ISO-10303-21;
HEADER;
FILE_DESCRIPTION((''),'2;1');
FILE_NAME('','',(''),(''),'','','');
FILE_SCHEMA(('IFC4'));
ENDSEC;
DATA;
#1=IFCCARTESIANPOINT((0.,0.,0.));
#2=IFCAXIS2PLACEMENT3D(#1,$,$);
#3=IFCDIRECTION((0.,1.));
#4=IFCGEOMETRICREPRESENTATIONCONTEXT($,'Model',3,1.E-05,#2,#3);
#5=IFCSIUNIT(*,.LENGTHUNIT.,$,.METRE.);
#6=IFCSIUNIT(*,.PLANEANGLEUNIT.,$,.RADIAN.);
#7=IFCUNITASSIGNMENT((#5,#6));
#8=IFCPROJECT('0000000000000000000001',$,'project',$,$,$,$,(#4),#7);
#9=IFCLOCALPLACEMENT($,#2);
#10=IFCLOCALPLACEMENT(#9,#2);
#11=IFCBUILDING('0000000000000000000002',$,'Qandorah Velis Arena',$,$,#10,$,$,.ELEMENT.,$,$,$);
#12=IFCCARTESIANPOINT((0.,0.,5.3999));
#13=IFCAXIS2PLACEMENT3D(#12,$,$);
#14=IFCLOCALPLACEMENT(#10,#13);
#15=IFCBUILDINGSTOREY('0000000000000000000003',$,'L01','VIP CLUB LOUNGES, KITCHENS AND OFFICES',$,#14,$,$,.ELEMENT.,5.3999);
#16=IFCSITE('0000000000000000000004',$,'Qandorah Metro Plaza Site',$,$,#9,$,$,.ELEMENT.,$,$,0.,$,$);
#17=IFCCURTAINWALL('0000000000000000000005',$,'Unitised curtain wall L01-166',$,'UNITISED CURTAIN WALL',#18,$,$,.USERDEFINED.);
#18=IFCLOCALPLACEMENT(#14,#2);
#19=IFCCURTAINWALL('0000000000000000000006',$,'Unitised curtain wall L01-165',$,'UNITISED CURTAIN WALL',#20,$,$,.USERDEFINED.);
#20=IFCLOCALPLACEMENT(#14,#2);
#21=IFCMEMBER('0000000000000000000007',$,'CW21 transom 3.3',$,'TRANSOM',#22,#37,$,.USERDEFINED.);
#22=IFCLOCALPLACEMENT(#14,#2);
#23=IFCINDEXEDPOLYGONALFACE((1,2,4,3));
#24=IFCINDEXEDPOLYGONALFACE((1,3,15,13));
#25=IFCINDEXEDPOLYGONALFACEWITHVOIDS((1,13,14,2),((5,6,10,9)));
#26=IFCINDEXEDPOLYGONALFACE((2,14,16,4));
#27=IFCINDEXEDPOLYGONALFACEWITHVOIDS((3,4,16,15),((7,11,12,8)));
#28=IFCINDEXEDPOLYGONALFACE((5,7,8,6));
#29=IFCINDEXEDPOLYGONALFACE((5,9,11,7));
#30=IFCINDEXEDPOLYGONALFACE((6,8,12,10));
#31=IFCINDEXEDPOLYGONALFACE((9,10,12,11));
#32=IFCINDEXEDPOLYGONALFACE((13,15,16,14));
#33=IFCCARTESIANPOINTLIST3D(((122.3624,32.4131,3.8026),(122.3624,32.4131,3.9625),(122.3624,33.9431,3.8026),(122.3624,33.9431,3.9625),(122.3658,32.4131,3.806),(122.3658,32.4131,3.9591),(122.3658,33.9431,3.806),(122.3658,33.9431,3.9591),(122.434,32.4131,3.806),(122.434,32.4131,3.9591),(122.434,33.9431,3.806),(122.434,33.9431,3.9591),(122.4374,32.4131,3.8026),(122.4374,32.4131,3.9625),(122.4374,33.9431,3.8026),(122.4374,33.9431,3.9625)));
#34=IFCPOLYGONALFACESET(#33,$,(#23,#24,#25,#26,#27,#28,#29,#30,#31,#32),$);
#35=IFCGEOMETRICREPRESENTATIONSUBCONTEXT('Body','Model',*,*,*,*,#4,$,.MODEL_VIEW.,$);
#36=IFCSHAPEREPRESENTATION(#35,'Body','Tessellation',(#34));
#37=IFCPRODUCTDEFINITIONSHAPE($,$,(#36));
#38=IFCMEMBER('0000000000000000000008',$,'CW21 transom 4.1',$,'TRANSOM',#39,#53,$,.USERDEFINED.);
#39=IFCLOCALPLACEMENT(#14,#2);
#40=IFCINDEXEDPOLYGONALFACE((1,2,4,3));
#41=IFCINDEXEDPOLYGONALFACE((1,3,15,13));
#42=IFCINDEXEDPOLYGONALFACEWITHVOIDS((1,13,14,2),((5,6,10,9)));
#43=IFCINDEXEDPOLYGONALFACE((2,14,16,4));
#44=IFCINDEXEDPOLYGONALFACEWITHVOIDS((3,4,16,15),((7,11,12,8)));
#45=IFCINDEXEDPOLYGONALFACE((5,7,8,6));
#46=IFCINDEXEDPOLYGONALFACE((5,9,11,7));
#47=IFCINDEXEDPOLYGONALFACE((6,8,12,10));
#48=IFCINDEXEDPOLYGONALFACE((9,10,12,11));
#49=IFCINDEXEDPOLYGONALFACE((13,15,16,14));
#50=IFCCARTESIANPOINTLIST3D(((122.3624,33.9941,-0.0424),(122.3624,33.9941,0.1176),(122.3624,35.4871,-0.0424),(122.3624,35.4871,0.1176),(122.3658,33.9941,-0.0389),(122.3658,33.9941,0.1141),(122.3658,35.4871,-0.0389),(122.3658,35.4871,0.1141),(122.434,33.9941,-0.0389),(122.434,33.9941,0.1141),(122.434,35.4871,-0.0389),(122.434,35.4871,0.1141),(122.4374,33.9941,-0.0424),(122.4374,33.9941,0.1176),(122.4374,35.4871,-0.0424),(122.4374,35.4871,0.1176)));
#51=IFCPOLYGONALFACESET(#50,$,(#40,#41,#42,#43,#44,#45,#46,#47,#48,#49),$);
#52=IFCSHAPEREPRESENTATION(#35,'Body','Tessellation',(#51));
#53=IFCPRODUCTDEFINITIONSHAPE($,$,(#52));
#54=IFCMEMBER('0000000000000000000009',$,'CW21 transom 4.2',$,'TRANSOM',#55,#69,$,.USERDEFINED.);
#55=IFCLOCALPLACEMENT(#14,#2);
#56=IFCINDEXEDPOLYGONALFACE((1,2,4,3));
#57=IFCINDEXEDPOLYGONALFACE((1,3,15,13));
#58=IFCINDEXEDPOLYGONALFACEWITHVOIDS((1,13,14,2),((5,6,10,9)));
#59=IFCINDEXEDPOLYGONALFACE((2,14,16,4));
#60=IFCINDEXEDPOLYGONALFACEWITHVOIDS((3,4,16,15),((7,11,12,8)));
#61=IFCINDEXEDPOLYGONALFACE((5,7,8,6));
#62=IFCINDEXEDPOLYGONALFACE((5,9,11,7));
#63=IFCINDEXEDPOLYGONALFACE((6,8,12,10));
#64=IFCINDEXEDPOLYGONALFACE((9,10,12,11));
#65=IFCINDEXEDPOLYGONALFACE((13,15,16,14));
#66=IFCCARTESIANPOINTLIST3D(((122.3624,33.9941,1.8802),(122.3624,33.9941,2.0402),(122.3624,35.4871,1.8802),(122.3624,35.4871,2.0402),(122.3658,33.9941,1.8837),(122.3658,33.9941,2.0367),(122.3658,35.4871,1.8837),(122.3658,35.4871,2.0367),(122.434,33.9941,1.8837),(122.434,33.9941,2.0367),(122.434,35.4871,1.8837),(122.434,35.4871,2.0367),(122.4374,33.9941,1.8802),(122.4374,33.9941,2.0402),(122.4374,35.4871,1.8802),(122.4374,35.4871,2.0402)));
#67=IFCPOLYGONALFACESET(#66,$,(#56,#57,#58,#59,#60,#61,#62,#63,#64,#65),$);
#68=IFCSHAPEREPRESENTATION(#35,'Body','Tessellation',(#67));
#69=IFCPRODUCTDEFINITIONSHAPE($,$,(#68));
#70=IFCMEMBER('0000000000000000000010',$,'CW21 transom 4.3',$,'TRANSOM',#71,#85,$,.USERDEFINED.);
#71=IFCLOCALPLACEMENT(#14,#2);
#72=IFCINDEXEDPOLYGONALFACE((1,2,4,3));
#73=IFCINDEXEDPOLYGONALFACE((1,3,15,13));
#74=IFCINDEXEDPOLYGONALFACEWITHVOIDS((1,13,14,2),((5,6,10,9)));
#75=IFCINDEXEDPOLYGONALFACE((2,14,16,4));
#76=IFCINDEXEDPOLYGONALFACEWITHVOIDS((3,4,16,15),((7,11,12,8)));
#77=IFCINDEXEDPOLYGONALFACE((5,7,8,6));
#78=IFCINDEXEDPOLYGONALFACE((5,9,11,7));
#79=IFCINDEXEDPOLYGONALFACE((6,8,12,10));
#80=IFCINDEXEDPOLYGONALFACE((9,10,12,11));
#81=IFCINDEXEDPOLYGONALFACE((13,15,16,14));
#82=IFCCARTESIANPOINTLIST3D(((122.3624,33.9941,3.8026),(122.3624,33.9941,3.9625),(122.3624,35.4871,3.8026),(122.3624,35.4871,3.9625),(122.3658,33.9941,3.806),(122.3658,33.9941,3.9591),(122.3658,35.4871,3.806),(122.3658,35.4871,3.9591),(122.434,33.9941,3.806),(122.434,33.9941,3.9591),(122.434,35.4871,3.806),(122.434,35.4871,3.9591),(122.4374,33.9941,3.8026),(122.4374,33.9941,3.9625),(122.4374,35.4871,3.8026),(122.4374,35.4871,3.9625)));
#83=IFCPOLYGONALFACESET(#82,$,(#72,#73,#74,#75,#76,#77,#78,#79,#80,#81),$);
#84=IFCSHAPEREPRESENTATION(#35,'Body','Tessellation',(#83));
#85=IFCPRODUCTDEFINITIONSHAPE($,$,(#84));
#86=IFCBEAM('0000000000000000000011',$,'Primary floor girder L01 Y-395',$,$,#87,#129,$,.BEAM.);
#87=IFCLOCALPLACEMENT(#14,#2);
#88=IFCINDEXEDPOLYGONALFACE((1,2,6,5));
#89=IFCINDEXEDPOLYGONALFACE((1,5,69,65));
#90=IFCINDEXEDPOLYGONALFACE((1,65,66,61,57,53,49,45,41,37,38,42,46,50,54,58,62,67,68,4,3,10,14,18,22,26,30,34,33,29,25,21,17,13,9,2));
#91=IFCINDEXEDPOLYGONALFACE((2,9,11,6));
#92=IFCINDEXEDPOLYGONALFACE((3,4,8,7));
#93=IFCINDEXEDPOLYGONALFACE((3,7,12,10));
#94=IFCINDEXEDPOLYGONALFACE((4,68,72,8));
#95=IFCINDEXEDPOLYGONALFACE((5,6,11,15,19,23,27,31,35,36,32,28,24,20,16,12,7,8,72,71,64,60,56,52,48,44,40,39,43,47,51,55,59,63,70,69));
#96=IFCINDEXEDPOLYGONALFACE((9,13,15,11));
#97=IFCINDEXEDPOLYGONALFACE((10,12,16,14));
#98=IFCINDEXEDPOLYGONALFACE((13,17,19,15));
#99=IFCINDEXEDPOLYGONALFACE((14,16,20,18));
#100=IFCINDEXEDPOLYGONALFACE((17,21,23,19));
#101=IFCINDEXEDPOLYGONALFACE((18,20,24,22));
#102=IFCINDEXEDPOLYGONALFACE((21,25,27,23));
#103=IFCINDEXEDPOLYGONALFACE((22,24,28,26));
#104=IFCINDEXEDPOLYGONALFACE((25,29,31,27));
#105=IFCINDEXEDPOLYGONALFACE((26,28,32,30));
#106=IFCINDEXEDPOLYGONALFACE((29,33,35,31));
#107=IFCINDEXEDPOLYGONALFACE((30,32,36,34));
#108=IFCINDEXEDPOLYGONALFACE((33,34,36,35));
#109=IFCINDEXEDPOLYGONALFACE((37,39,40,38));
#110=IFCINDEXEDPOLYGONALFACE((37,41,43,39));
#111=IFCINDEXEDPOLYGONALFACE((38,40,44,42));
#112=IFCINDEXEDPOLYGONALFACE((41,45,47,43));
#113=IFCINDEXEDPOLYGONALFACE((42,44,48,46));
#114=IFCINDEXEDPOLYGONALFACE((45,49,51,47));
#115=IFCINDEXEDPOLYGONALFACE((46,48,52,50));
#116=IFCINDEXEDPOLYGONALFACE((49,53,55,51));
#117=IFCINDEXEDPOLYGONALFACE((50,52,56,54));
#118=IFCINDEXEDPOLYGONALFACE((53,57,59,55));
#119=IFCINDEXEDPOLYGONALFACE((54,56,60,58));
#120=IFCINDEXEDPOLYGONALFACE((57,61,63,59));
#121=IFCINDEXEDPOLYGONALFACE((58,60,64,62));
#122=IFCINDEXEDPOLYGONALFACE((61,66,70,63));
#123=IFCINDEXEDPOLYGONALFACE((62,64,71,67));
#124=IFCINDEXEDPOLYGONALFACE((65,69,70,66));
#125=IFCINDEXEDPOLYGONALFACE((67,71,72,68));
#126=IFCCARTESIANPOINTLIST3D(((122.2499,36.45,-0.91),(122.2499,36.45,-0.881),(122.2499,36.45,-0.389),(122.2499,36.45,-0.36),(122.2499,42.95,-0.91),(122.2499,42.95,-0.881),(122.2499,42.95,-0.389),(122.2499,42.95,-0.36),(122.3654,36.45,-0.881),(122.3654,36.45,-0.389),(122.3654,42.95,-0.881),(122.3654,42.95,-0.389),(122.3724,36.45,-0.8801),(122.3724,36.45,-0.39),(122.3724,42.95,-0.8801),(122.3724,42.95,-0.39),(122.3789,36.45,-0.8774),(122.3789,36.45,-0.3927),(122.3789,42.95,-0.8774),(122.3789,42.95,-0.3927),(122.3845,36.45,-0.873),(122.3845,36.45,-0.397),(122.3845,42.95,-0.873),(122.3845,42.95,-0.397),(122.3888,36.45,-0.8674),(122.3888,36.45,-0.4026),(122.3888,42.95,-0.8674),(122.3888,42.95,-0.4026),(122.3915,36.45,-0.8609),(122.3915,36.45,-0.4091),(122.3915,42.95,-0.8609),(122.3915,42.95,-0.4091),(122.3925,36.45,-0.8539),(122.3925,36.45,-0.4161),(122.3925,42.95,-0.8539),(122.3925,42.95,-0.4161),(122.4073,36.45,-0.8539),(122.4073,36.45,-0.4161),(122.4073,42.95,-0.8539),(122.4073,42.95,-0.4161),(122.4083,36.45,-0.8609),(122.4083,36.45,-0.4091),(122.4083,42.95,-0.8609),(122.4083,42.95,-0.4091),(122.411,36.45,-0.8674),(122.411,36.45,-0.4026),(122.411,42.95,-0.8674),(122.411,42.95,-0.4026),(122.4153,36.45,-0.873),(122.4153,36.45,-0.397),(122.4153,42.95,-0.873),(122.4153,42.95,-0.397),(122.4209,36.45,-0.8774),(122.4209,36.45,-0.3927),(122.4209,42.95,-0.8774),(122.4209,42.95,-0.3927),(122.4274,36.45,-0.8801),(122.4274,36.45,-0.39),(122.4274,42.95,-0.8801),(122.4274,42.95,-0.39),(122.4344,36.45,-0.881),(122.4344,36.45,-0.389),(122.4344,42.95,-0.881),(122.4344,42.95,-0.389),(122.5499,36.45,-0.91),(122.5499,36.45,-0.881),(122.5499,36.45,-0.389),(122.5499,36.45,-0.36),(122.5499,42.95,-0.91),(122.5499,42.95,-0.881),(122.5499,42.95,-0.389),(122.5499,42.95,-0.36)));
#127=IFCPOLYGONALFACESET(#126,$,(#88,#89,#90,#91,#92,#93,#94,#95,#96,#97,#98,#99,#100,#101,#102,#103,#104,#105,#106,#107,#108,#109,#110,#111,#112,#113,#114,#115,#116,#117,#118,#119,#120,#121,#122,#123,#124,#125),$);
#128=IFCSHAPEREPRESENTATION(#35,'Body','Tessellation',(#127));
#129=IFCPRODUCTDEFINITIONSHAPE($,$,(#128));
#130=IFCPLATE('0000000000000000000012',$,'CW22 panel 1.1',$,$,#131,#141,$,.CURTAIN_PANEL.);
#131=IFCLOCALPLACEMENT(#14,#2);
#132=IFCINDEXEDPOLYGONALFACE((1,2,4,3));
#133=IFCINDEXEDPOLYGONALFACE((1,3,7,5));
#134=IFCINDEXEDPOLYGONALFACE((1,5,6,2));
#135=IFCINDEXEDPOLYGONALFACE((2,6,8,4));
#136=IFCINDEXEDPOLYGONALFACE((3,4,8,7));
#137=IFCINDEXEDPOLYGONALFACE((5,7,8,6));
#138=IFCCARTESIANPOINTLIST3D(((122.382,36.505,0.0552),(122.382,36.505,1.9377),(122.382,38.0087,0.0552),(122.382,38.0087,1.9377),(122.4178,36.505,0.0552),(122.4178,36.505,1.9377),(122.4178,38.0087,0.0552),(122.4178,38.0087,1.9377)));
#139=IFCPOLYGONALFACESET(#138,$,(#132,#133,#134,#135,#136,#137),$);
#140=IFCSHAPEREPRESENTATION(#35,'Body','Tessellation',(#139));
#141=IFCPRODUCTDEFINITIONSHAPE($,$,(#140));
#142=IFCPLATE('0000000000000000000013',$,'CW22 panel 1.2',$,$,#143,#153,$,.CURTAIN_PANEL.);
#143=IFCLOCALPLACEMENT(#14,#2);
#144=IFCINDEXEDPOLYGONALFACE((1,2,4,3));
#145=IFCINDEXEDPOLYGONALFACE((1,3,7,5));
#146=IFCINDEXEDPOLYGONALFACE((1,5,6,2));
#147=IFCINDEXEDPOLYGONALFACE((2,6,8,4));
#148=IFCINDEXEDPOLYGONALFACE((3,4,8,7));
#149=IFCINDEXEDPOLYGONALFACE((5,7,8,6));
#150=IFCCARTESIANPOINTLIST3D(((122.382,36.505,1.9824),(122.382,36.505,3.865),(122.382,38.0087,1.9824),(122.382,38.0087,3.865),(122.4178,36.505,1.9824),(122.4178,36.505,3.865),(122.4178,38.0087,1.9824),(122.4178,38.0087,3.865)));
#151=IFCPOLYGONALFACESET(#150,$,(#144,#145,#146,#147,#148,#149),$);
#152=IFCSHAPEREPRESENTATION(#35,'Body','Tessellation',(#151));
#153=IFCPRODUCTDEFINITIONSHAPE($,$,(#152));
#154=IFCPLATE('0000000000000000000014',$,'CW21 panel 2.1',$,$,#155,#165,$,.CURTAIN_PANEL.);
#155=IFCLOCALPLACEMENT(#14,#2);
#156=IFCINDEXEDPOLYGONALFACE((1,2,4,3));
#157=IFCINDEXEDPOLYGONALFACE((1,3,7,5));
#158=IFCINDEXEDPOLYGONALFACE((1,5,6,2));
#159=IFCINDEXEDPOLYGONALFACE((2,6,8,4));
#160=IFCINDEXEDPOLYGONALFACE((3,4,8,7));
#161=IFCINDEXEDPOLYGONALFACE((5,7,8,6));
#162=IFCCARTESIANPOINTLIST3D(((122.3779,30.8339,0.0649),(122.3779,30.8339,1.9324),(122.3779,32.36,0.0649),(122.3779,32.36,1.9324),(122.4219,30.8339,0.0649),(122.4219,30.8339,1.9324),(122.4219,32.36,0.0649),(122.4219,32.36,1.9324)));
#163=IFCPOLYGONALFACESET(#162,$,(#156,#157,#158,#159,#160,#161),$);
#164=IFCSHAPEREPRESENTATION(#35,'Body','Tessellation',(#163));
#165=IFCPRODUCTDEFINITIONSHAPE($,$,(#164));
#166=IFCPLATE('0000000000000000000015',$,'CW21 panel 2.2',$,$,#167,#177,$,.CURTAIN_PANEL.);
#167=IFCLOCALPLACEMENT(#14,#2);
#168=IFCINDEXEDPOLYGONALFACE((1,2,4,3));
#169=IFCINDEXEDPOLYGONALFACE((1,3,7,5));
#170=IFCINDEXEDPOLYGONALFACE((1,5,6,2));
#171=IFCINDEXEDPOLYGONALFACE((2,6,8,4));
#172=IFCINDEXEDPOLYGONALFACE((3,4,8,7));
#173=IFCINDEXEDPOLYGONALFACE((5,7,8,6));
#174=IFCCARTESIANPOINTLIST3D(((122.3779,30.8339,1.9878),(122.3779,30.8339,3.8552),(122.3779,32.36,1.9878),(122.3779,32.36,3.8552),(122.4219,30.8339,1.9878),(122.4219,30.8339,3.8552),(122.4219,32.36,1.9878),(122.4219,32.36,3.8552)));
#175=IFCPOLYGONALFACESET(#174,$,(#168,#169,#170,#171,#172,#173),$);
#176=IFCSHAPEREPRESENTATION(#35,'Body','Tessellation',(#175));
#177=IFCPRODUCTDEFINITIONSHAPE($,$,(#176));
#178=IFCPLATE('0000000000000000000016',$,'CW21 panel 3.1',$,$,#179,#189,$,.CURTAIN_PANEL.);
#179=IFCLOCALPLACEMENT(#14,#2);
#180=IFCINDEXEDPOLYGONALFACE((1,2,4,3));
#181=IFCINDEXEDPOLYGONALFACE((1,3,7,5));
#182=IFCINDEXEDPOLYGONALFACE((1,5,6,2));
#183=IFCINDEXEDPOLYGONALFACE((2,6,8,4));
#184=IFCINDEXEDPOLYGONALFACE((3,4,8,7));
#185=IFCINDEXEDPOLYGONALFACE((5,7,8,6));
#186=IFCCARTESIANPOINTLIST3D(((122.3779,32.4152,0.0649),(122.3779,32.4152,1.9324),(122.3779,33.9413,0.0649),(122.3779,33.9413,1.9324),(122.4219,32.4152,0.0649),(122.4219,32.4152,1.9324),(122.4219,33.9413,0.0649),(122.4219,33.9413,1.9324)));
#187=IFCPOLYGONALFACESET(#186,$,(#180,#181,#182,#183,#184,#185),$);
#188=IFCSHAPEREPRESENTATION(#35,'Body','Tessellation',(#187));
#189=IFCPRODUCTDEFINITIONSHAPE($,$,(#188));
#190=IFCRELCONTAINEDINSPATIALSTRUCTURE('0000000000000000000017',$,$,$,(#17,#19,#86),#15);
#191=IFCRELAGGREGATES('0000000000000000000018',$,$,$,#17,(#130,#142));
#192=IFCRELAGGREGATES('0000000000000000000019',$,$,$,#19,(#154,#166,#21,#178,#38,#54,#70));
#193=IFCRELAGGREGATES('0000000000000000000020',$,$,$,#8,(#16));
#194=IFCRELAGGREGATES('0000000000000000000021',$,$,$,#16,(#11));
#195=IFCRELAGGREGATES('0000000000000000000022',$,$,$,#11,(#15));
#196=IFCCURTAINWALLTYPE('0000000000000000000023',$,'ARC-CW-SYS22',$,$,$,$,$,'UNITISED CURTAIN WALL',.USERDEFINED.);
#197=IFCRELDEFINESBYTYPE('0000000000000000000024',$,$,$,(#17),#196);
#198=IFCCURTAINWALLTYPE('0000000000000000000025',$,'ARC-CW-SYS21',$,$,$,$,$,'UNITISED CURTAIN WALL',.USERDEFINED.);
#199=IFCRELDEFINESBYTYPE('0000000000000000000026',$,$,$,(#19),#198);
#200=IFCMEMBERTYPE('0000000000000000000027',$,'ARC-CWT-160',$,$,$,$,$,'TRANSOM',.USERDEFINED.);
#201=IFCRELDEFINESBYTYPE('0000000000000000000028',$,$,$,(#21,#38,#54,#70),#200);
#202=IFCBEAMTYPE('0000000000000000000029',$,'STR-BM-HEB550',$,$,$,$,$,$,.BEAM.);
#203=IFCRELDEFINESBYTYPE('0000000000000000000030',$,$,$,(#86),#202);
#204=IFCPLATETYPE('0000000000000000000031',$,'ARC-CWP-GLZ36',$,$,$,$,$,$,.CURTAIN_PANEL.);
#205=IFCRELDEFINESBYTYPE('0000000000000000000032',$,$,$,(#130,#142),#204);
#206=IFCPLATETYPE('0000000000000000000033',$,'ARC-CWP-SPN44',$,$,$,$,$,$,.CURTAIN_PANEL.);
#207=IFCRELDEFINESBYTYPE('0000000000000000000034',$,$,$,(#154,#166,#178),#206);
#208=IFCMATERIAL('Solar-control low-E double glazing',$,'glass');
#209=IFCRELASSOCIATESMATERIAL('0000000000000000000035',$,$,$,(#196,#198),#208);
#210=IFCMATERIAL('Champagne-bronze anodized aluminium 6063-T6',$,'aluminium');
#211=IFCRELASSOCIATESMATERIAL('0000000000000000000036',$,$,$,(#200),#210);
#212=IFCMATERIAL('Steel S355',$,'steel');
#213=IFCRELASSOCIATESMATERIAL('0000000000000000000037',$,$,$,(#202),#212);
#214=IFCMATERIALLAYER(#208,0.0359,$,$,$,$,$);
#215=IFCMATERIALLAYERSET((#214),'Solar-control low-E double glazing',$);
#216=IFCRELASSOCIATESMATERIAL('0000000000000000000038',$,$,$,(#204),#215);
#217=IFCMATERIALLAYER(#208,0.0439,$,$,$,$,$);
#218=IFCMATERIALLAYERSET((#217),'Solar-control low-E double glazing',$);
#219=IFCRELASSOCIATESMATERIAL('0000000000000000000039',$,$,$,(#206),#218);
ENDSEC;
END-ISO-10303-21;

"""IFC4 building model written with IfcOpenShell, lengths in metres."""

from ifc_helpers import new_model, si_unit, direction, frame, origin, origin_2d, place, context, subcontext, project, spatial, rectangle, hollow_rectangle, i_section, extrude, material, layer, layer_set, material_profile, profile_set, type_object, element, aggregate, save


model = new_model("IFC4")

# Units and contexts
model_context = context("Model", 3, precision=1e-05, world=origin(), true_north=direction((0.0, 1.0)))
body_context = subcontext(model_context, "Body", "Model", "MODEL_VIEW")
ifc_project = project(units=[si_unit("LENGTHUNIT", "METRE"), si_unit("PLANEANGLEUNIT", "RADIAN")], contexts=[model_context])

# Site, building, storey
site_placement = place(None, origin())
site = spatial("IfcSite", under=ifc_project, at=site_placement, Name="Qandorah Metro Plaza Site", CompositionType="ELEMENT", RefElevation=0.0)
building_placement = place(site_placement, origin())
building = spatial("IfcBuilding", under=site, at=building_placement, Name="Qandorah Velis Arena", CompositionType="ELEMENT")
storey_placement = place(building_placement, frame((0.0, 0.0, 5.3999)))
storey = spatial("IfcBuildingStorey", under=building, at=storey_placement, Name="L01", Description="VIP CLUB LOUNGES, KITCHENS AND OFFICES", CompositionType="ELEMENT", Elevation=5.3999)

# Curtain wall
ifc_material_1 = material(Name="Solar-control low-E double glazing", Category="glass")
curtain_wall_type_1 = type_object("IfcCurtainWallType", Name="ARC-CW-SYS22", ElementType="UNITISED CURTAIN WALL", PredefinedType="USERDEFINED", material=ifc_material_1)
curtain_wall_1_placement = place(storey_placement, origin())
curtain_wall_1 = element("IfcCurtainWall", 1, at=curtain_wall_1_placement, inside=storey, type_object=curtain_wall_type_1, Name="Unitised curtain wall L01-166", ObjectType="UNITISED CURTAIN WALL", PredefinedType="USERDEFINED")
ifc_material_2 = material(Name="Champagne-bronze anodized aluminium 6063-T6", Category="aluminium")

# Curtain wall
curtain_wall_type_2 = type_object("IfcCurtainWallType", Name="ARC-CW-SYS21", ElementType="UNITISED CURTAIN WALL", PredefinedType="USERDEFINED", material=ifc_material_1)
curtain_wall_2_placement = place(storey_placement, origin())
curtain_wall_2 = element("IfcCurtainWall", 2, at=curtain_wall_2_placement, inside=storey, type_object=curtain_wall_type_2, Name="Unitised curtain wall L01-165", ObjectType="UNITISED CURTAIN WALL", PredefinedType="USERDEFINED")

# Members
ifc_material_profile_1 = material_profile(ifc_material_2, hollow_rectangle(XDim=0.075, YDim=0.1599, WallThickness=0.0034, at=origin_2d()), Name="ALU TRANSOM 75x160")
ifc_profile_set_1 = profile_set([ifc_material_profile_1], Name="Champagne-bronze anodized aluminium 6063-T6")
member_type_1 = type_object("IfcMemberType", Name="ARC-CWT-160", ElementType="TRANSOM", PredefinedType="USERDEFINED", material=ifc_profile_set_1)
member_1_placement = place(storey_placement, frame((122.3999, 32.4131, 3.8826), z_axis=(0.0, 1.0, 0.0), x_axis=(-1.0, 0.0, 0.0)))
member_1 = element("IfcMember", 3, at=member_1_placement, type_object=member_type_1, Name="CW21 transom 3.3", ObjectType="TRANSOM", PredefinedType="USERDEFINED", context=body_context, shape_type="SweptSolid", body=[
    extrude(hollow_rectangle(XDim=0.075, YDim=0.1599, WallThickness=0.0034, at=origin_2d()), origin(), (0.0, 0.0, 1.0), 1.53),
])
member_2_placement = place(storey_placement, frame((122.3999, 33.9941, 0.0376), z_axis=(0.0, 1.0, 0.0), x_axis=(-1.0, 0.0, 0.0)))
member_2 = element("IfcMember", 4, at=member_2_placement, type_object=member_type_1, Name="CW21 transom 4.1", ObjectType="TRANSOM", PredefinedType="USERDEFINED", context=body_context, shape_type="SweptSolid", body=[
    extrude(hollow_rectangle(XDim=0.075, YDim=0.1599, WallThickness=0.0034, at=origin_2d()), origin(), (0.0, 0.0, 1.0), 1.4929),
])
member_3_placement = place(storey_placement, frame((122.3999, 33.9941, 1.9602), z_axis=(0.0, 1.0, 0.0), x_axis=(-1.0, 0.0, 0.0)))
member_3 = element("IfcMember", 5, at=member_3_placement, type_object=member_type_1, Name="CW21 transom 4.2", ObjectType="TRANSOM", PredefinedType="USERDEFINED", context=body_context, shape_type="SweptSolid", body=[
    extrude(hollow_rectangle(XDim=0.075, YDim=0.1599, WallThickness=0.0034, at=origin_2d()), origin(), (0.0, 0.0, 1.0), 1.4929),
])
member_4_placement = place(storey_placement, frame((122.3999, 33.9941, 3.8826), z_axis=(0.0, 1.0, 0.0), x_axis=(-1.0, 0.0, 0.0)))
member_4 = element("IfcMember", 6, at=member_4_placement, type_object=member_type_1, Name="CW21 transom 4.3", ObjectType="TRANSOM", PredefinedType="USERDEFINED", context=body_context, shape_type="SweptSolid", body=[
    extrude(hollow_rectangle(XDim=0.075, YDim=0.1599, WallThickness=0.0034, at=origin_2d()), origin(), (0.0, 0.0, 1.0), 1.4929),
])

# Beam
ifc_material_3 = material(Name="Steel S355", Category="steel")
ifc_material_profile_2 = material_profile(ifc_material_3, i_section(OverallWidth=0.3, OverallDepth=0.55, WebThickness=0.0149, FlangeThickness=0.0291, FilletRadius=0.0271, at=origin_2d()), Name="HEB 550")
ifc_profile_set_2 = profile_set([ifc_material_profile_2], Name="Steel S355")
beam_type = type_object("IfcBeamType", Name="STR-BM-HEB550", PredefinedType="BEAM", material=ifc_profile_set_2)
beam_placement = place(storey_placement, frame((122.3999, 36.45, -0.635), z_axis=(0.0, 1.0, 0.0), x_axis=(-1.0, 0.0, 0.0)))
element("IfcBeam", 7, at=beam_placement, inside=storey, type_object=beam_type, Name="Primary floor girder L01 Y-395", PredefinedType="BEAM", context=body_context, shape_type="SweptSolid", body=[
    extrude(i_section(OverallWidth=0.3, OverallDepth=0.55, WebThickness=0.0149, FlangeThickness=0.0291, FilletRadius=0.0271, at=origin_2d()), origin(), (0.0, 0.0, 1.0), 6.5),
])

# Plates
ifc_layer_1 = layer(ifc_material_1, 0.0359)
ifc_layer_set_1 = layer_set([ifc_layer_1], Name="Solar-control low-E double glazing")
plate_type_1 = type_object("IfcPlateType", Name="ARC-CWP-GLZ36", PredefinedType="CURTAIN_PANEL", material=ifc_layer_set_1)
plate_1_placement = place(storey_placement, frame((122.3999, 37.2568, 0.0552), z_axis=(0.0, 0.0, 1.0), x_axis=(0.0, 1.0, 0.0)))
plate_1 = element("IfcPlate", 8, at=plate_1_placement, type_object=plate_type_1, Name="CW22 panel 1.1", PredefinedType="CURTAIN_PANEL", context=body_context, shape_type="SweptSolid", body=[
    extrude(rectangle(XDim=1.5037, YDim=0.0359, at=origin_2d()), origin(), (0.0, 0.0, 1.0), 1.8826),
])
plate_2_placement = place(storey_placement, frame((122.3999, 37.2568, 1.9824), z_axis=(0.0, 0.0, 1.0), x_axis=(0.0, 1.0, 0.0)))
plate_2 = element("IfcPlate", 9, at=plate_2_placement, type_object=plate_type_1, Name="CW22 panel 1.2", PredefinedType="CURTAIN_PANEL", context=body_context, shape_type="SweptSolid", body=[
    extrude(rectangle(XDim=1.5037, YDim=0.0359, at=origin_2d()), origin(), (0.0, 0.0, 1.0), 1.8826),
])
aggregate(curtain_wall_1, [plate_1, plate_2])
ifc_layer_2 = layer(ifc_material_1, 0.0439)
ifc_layer_set_2 = layer_set([ifc_layer_2], Name="Solar-control low-E double glazing")
plate_type_2 = type_object("IfcPlateType", Name="ARC-CWP-SPN44", PredefinedType="CURTAIN_PANEL", material=ifc_layer_set_2)
plate_3_placement = place(storey_placement, frame((122.3999, 31.5969, 0.0649), z_axis=(0.0, 0.0, 1.0), x_axis=(0.0, 1.0, 0.0)))
plate_3 = element("IfcPlate", 10, at=plate_3_placement, type_object=plate_type_2, Name="CW21 panel 2.1", PredefinedType="CURTAIN_PANEL", context=body_context, shape_type="SweptSolid", body=[
    extrude(rectangle(XDim=1.5261, YDim=0.0439, at=origin_2d()), origin(), (0.0, 0.0, 1.0), 1.8674),
])
plate_4_placement = place(storey_placement, frame((122.3999, 31.5969, 1.9878), z_axis=(0.0, 0.0, 1.0), x_axis=(0.0, 1.0, 0.0)))
plate_4 = element("IfcPlate", 11, at=plate_4_placement, type_object=plate_type_2, Name="CW21 panel 2.2", PredefinedType="CURTAIN_PANEL", context=body_context, shape_type="SweptSolid", body=[
    extrude(rectangle(XDim=1.5261, YDim=0.0439, at=origin_2d()), origin(), (0.0, 0.0, 1.0), 1.8674),
])
plate_5_placement = place(storey_placement, frame((122.3999, 33.1782, 0.0649), z_axis=(0.0, 0.0, 1.0), x_axis=(0.0, 1.0, 0.0)))
plate_5 = element("IfcPlate", 12, at=plate_5_placement, type_object=plate_type_2, Name="CW21 panel 3.1", PredefinedType="CURTAIN_PANEL", context=body_context, shape_type="SweptSolid", body=[
    extrude(rectangle(XDim=1.5261, YDim=0.0439, at=origin_2d()), origin(), (0.0, 0.0, 1.0), 1.8674),
])
aggregate(curtain_wall_2, [plate_3, plate_4, member_1, plate_5, member_2, member_3, member_4])

save(model, "model.ifc")
